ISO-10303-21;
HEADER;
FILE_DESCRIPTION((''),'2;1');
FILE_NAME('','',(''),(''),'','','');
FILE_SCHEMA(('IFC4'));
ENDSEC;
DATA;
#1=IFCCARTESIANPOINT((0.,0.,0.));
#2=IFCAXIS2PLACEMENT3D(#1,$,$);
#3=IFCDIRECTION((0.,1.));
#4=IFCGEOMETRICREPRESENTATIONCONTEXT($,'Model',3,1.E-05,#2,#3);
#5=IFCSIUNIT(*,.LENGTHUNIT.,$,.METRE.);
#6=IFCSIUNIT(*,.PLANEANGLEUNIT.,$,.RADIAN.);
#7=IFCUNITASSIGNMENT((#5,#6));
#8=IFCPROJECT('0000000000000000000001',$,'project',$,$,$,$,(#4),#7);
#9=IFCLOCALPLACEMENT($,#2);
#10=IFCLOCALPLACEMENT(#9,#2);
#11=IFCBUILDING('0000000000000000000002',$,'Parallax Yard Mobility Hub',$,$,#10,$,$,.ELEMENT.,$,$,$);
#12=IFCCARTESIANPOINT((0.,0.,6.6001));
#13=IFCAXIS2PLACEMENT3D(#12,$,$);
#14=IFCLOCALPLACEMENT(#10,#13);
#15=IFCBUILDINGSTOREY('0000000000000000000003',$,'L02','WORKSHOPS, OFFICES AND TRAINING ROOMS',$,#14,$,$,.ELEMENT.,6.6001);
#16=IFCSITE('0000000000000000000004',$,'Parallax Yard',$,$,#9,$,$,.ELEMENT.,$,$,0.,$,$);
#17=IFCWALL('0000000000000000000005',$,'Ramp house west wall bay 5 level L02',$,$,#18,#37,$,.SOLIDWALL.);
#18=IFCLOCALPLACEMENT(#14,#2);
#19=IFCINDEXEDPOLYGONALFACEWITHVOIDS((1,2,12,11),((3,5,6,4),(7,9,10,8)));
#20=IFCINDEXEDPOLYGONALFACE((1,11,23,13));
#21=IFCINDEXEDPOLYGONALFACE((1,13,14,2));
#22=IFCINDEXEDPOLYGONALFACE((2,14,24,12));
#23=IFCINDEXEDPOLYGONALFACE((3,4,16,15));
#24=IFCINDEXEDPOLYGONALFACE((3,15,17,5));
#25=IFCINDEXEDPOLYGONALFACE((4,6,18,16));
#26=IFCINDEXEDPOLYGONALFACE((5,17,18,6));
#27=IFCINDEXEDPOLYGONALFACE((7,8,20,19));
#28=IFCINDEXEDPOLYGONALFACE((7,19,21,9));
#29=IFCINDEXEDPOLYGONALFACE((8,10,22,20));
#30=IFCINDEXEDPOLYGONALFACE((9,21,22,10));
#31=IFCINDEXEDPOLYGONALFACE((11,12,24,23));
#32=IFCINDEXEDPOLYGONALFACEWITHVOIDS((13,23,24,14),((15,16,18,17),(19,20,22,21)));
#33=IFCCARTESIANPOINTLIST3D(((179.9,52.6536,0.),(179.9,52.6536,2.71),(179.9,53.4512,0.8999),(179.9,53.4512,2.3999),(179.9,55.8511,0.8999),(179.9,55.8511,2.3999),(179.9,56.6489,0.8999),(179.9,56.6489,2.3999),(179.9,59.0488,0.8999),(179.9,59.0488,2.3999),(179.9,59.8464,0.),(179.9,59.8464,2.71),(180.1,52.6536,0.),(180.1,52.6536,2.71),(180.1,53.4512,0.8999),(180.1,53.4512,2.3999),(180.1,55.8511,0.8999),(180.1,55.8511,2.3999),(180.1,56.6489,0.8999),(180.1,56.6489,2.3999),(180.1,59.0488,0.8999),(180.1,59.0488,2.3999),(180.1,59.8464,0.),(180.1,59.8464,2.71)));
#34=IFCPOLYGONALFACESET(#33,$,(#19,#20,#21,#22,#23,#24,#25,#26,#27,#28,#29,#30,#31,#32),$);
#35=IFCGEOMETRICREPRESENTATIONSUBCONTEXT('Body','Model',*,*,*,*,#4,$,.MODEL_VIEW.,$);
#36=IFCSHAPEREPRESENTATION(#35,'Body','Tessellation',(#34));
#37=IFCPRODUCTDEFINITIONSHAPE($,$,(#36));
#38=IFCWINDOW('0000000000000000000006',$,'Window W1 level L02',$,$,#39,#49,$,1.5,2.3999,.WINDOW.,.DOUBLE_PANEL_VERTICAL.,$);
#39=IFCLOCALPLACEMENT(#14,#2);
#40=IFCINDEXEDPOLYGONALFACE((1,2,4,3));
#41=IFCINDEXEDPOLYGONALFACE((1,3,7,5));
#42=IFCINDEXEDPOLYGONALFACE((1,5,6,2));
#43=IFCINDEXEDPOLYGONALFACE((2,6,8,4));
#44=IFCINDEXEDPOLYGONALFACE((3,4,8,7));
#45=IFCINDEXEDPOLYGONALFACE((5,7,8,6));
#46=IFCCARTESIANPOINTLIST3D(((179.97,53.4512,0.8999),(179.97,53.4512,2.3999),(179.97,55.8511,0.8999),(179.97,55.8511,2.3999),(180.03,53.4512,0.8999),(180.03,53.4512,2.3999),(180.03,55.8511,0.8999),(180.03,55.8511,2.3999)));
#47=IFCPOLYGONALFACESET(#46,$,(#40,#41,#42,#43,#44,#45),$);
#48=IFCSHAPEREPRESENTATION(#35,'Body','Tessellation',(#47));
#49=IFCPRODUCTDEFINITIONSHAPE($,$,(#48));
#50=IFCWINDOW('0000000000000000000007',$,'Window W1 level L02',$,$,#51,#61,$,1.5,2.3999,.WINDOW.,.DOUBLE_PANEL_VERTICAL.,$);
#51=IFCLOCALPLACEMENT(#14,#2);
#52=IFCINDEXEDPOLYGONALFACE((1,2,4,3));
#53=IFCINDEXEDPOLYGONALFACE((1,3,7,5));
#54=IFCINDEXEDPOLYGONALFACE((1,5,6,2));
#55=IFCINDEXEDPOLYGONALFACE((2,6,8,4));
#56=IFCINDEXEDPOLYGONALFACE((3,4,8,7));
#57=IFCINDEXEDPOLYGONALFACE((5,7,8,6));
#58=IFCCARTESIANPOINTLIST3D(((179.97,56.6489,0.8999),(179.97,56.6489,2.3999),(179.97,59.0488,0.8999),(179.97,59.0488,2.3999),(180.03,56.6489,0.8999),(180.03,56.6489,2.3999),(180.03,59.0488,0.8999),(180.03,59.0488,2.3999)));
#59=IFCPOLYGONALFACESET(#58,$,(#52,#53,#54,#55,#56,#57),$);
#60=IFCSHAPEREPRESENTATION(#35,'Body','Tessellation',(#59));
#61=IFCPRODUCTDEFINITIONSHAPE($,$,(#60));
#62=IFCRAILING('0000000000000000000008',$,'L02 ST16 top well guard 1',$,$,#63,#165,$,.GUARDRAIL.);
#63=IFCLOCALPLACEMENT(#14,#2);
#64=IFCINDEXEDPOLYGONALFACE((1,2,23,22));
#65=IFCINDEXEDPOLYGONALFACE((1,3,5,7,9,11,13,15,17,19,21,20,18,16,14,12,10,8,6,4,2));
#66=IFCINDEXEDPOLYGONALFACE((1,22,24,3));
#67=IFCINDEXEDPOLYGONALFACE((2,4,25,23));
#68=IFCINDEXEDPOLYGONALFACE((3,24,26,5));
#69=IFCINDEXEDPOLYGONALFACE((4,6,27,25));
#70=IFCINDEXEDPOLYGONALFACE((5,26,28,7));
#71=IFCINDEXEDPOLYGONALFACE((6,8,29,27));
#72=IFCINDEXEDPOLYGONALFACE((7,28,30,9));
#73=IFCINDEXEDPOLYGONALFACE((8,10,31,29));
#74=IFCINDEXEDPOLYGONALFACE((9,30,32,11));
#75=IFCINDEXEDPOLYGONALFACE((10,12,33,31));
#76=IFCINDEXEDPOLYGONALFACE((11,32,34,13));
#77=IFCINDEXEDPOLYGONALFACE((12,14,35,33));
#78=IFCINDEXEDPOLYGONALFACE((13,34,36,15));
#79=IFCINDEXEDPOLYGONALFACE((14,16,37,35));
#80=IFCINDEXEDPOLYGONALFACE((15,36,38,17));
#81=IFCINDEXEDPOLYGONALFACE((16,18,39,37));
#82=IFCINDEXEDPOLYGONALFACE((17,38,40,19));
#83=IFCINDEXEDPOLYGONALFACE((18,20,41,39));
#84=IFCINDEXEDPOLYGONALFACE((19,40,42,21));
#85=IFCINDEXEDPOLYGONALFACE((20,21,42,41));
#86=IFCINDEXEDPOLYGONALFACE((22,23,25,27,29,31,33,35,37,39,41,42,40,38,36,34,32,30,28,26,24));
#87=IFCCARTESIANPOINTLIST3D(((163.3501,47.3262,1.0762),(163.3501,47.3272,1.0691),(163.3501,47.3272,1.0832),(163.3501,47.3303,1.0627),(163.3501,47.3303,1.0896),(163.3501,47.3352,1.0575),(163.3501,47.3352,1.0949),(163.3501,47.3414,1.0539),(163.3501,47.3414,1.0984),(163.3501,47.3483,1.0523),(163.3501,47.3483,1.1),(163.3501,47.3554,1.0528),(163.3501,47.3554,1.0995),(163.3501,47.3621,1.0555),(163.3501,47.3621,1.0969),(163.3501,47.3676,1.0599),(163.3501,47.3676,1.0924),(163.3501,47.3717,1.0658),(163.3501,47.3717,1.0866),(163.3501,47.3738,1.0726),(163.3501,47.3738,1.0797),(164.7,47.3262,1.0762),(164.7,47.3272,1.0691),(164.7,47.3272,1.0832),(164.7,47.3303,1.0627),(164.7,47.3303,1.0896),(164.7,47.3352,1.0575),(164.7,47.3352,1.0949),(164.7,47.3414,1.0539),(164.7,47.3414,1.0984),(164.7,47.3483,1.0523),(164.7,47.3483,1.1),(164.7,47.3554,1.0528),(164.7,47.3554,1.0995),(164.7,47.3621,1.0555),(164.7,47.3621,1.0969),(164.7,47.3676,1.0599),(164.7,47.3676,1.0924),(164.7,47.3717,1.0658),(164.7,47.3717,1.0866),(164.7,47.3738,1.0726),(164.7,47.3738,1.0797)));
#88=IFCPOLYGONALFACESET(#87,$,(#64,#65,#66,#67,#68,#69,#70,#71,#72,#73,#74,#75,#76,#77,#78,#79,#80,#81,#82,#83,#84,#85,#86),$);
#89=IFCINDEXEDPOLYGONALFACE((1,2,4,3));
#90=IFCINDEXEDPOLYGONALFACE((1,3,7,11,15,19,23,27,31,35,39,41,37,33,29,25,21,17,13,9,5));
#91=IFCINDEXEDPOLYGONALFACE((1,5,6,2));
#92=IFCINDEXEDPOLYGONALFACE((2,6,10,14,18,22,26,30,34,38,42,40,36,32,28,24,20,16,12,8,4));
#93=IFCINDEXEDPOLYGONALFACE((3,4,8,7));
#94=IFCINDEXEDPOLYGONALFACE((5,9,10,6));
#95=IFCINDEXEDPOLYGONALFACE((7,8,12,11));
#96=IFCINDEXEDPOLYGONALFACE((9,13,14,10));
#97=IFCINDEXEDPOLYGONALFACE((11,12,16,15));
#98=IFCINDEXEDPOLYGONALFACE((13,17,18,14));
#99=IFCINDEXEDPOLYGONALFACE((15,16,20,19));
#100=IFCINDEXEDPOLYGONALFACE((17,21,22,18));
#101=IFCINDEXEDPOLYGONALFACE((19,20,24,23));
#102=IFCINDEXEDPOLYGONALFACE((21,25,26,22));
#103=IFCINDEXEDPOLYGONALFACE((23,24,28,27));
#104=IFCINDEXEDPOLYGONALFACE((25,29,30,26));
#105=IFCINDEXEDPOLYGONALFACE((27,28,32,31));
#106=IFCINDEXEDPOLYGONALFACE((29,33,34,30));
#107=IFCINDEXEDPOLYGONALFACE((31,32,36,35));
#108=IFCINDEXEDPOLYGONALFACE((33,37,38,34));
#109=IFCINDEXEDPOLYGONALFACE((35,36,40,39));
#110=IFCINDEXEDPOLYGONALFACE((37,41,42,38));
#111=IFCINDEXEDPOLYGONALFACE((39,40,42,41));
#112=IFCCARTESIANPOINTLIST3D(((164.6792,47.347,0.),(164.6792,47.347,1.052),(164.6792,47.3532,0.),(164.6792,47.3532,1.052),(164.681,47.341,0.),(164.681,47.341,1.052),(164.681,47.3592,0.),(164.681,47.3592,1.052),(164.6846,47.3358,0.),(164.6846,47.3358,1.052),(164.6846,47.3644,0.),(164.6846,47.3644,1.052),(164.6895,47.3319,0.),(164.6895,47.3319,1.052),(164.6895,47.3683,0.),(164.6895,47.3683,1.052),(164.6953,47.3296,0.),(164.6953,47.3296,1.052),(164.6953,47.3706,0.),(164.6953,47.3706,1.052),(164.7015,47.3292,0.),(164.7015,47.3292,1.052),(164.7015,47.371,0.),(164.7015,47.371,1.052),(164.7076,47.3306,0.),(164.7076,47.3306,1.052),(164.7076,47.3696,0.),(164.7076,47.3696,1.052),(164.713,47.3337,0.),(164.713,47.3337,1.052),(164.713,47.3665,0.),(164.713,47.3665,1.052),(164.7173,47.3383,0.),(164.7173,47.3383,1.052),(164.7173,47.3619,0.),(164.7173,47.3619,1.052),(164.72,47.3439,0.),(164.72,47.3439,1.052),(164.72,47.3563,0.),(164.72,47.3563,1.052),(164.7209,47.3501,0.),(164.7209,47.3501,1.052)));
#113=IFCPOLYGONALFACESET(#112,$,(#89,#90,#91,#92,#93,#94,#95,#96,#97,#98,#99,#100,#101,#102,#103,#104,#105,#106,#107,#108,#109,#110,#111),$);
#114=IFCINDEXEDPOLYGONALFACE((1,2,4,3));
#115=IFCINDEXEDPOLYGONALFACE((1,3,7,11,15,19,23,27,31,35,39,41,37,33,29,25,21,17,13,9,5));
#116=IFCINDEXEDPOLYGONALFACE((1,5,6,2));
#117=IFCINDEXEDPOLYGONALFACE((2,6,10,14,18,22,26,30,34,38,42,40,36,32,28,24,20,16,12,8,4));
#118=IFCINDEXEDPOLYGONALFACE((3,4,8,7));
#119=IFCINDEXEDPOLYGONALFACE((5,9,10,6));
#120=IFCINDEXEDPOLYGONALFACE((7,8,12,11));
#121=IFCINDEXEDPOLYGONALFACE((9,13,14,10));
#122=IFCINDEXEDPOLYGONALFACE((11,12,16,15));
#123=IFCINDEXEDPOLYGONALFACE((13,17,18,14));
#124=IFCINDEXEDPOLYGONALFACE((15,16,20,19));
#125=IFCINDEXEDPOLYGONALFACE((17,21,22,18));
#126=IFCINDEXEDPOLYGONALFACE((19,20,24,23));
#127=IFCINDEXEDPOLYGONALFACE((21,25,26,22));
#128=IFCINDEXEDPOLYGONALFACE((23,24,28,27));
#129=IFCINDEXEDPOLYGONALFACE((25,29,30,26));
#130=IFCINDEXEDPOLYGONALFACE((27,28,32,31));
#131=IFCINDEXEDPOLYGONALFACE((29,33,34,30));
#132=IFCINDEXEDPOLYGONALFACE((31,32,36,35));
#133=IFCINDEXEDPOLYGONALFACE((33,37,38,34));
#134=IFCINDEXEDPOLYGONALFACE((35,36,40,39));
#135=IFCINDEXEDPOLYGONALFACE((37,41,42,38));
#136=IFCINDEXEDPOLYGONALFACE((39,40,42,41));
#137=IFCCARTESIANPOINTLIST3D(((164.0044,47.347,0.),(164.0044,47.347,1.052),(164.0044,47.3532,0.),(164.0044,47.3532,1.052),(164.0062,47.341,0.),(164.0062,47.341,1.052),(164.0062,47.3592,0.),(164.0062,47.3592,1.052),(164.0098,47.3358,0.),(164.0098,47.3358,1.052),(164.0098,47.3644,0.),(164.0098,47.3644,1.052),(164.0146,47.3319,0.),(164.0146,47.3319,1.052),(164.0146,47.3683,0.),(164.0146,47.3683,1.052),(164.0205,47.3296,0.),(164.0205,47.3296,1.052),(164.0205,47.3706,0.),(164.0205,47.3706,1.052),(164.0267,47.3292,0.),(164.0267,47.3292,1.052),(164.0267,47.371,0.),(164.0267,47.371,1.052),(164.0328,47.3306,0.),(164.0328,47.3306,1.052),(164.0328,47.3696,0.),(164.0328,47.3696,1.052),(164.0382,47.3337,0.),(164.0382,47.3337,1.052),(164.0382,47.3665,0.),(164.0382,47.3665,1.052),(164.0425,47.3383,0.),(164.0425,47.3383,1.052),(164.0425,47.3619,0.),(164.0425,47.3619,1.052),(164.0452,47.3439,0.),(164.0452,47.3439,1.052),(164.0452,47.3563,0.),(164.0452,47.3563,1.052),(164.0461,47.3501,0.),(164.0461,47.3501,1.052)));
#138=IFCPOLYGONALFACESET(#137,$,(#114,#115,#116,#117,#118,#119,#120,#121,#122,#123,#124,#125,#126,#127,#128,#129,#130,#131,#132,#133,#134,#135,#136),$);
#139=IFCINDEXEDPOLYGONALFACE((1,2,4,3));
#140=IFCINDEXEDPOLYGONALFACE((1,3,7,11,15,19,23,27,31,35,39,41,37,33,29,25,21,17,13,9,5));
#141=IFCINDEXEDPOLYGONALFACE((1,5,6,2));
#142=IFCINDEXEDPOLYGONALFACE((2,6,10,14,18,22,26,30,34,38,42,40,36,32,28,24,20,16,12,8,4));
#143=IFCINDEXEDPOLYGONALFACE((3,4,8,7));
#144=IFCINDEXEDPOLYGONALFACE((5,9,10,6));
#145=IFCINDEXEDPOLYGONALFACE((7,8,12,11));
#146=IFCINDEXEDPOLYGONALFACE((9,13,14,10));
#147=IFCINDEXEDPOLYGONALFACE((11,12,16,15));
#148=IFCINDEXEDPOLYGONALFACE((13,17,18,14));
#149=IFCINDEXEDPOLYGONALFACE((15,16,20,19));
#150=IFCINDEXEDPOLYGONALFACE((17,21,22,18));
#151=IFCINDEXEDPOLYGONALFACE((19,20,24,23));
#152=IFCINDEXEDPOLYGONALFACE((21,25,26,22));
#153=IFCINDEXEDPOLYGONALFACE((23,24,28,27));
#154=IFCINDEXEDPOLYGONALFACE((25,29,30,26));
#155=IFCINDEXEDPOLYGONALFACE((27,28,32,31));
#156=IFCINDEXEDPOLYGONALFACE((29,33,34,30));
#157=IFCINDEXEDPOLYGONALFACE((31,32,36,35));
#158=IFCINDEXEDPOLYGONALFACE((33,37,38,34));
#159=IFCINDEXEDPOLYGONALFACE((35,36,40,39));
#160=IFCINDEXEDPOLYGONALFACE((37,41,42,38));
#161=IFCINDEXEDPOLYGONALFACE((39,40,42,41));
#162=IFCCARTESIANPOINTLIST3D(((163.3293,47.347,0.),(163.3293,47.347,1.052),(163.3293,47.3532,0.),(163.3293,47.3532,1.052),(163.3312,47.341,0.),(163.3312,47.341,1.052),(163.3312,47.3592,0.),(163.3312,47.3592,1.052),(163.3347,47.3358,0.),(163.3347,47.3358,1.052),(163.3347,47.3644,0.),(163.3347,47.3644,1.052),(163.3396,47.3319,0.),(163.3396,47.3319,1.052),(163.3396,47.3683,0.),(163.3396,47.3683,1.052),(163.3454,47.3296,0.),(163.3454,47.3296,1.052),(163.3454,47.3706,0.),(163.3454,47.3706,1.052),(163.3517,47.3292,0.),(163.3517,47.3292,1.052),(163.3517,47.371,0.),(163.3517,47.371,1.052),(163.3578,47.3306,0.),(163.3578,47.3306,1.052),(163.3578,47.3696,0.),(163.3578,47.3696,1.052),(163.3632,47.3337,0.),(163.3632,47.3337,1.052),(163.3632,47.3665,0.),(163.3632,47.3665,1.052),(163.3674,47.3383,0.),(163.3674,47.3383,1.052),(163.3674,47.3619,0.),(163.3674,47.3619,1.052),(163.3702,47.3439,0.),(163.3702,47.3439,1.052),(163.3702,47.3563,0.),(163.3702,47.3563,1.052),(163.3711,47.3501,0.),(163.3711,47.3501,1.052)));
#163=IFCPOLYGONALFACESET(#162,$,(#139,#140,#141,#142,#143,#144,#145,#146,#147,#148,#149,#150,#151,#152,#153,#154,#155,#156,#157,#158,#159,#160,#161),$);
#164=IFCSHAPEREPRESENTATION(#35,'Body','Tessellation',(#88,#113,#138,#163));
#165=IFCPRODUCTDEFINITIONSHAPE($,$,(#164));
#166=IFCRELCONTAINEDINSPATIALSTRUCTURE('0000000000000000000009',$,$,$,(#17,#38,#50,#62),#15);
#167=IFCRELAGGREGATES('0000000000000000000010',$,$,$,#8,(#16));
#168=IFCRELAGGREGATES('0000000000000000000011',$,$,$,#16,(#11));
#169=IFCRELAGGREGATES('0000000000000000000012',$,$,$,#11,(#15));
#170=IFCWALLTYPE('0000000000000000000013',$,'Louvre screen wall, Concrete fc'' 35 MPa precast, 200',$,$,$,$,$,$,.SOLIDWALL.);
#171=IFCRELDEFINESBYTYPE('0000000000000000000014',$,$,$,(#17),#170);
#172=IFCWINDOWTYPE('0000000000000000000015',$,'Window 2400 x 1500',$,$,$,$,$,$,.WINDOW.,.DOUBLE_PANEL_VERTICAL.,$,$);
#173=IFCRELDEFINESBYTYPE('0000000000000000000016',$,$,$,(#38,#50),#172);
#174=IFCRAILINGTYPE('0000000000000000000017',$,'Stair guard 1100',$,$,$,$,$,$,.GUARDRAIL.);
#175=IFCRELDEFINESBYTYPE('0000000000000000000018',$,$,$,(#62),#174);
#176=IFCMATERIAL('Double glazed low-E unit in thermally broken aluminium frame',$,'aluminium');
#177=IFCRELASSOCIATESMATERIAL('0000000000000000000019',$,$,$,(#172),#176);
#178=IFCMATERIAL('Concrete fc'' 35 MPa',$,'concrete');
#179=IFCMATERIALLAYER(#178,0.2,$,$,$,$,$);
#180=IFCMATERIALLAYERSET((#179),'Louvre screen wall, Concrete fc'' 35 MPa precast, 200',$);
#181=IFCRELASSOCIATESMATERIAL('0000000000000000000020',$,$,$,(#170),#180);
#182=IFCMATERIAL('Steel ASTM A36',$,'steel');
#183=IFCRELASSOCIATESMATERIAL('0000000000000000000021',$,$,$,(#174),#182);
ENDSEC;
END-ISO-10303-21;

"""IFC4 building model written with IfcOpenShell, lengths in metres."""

from ifc_helpers import new_model, si_unit, direction, frame, frame_2d, origin, origin_2d, place, context, subcontext, project, spatial, rectangle, circle, extrude, material, layer, layer_set, type_object, element, fill, save


model = new_model("IFC4")

# Units and contexts
model_context = context("Model", 3, precision=1e-05, world=origin(), true_north=direction((0.0, 1.0)))
body_context = subcontext(model_context, "Body", "Model", "MODEL_VIEW")
ifc_project = project(units=[si_unit("LENGTHUNIT", "METRE"), si_unit("PLANEANGLEUNIT", "RADIAN")], contexts=[model_context])

# Site, building, storey
site_placement = place(None, origin())
site = spatial("IfcSite", under=ifc_project, at=site_placement, Name="Parallax Yard", CompositionType="ELEMENT", RefElevation=0.0)
building_placement = place(site_placement, origin())
building = spatial("IfcBuilding", under=site, at=building_placement, Name="Parallax Yard Mobility Hub", CompositionType="ELEMENT")
storey_placement = place(building_placement, frame((0.0, 0.0, 6.6001)))
storey = spatial("IfcBuildingStorey", under=building, at=storey_placement, Name="L02", Description="WORKSHOPS, OFFICES AND TRAINING ROOMS", CompositionType="ELEMENT", Elevation=6.6001)

# Shared definitions
ifc_material_1 = material(Name="Concrete fc' 35 MPa", Category="concrete")

# Wall, openings, windows
ifc_material_2 = material(Name="Double glazed low-E unit in thermally broken aluminium frame", Category="aluminium")
window_type = type_object("IfcWindowType", Name="Window 2400 x 1500", PartitioningType="DOUBLE_PANEL_VERTICAL", PredefinedType="WINDOW", material=ifc_material_2)
ifc_layer_1 = layer(ifc_material_1, 0.2)
ifc_layer_set_1 = layer_set([ifc_layer_1], Name="Louvre screen wall, Concrete fc' 35 MPa precast, 200")
wall_type_1 = type_object("IfcWallType", Name="Louvre screen wall, Concrete fc' 35 MPa precast, 200", PredefinedType="SOLIDWALL", material=ifc_layer_set_1)
wall_1_placement = place(storey_placement, frame((180.0, 52.6536, 0.0), z_axis=(0.0, 0.0, 1.0), x_axis=(0.0, 1.0, 0.0)))
wall_1 = element("IfcWall", 1, at=wall_1_placement, inside=storey, type_object=wall_type_1, Name="Ramp house west wall bay 5 level L02", PredefinedType="SOLIDWALL", context=body_context, shape_type="SweptSolid", body=[
    extrude(rectangle(XDim=7.1929, YDim=0.2, at=frame_2d((3.5964, 0.0))), origin(), (0.0, 0.0, 1.0), 2.71),
])
opening_1_placement = place(wall_1_placement, frame((0.7976, 0.0, 0.8999)))
opening_1 = element("IfcOpeningElement", 2, at=opening_1_placement, cuts=wall_1, PredefinedType="OPENING", context=body_context, shape_type="SweptSolid", body=[
    extrude(rectangle(XDim=2.3999, YDim=1.5, at=frame_2d((1.2, 0.75))), frame((0.0, 0.1099, 0.0), z_axis=(0.0, -1.0, 0.0), x_axis=(1.0, 0.0, 0.0)), (0.0, 0.0, 1.0), 0.22),
])
opening_2_placement = place(wall_1_placement, frame((3.9954, 0.0, 0.8999)))
opening_2 = element("IfcOpeningElement", 3, at=opening_2_placement, cuts=wall_1, PredefinedType="OPENING", context=body_context, shape_type="SweptSolid", body=[
    extrude(rectangle(XDim=2.3999, YDim=1.5, at=frame_2d((1.2, 0.75))), frame((0.0, 0.1099, 0.0), z_axis=(0.0, -1.0, 0.0), x_axis=(1.0, 0.0, 0.0)), (0.0, 0.0, 1.0), 0.22),
])
window_1_placement = place(opening_1_placement, origin())
window_1 = element("IfcWindow", 4, at=window_1_placement, inside=storey, type_object=window_type, Name="Window W1 level L02", OverallHeight=1.5, OverallWidth=2.3999, PartitioningType="DOUBLE_PANEL_VERTICAL", PredefinedType="WINDOW", context=body_context, shape_type="SweptSolid", body=[
    extrude(rectangle(XDim=2.3999, YDim=1.5, at=frame_2d((1.2, 0.75))), frame((0.0, 0.03, 0.0), z_axis=(0.0, -1.0, 0.0), x_axis=(1.0, 0.0, 0.0)), (0.0, 0.0, 1.0), 0.0601),
])
fill(opening_1, window_1)
window_2_placement = place(opening_2_placement, origin())
window_2 = element("IfcWindow", 5, at=window_2_placement, inside=storey, type_object=window_type, Name="Window W1 level L02", OverallHeight=1.5, OverallWidth=2.3999, PartitioningType="DOUBLE_PANEL_VERTICAL", PredefinedType="WINDOW", context=body_context, shape_type="SweptSolid", body=[
    extrude(rectangle(XDim=2.3999, YDim=1.5, at=frame_2d((1.2, 0.75))), frame((0.0, 0.03, 0.0), z_axis=(0.0, -1.0, 0.0), x_axis=(1.0, 0.0, 0.0)), (0.0, 0.0, 1.0), 0.0601),
])
fill(opening_2, window_2)

# Railing
ifc_material_3 = material(Name="Steel ASTM A36", Category="steel")
railing_type = type_object("IfcRailingType", Name="Stair guard 1100", PredefinedType="GUARDRAIL", material=ifc_material_3)
railing_placement = place(storey_placement, frame((164.7, 47.3501, 0.0)))
element("IfcRailing", 6, at=railing_placement, inside=storey, type_object=railing_type, Name="L02 ST16 top well guard 1", PredefinedType="GUARDRAIL", context=body_context, shape_type="SweptSolid", body=[
    extrude(circle(Radius=0.0239, at=origin_2d()), frame((0.0, 0.0, 1.0762), z_axis=(-1.0, 0.0, 0.0), x_axis=(0.0, -1.0, 0.0)), (0.0, 0.0, 1.0), 1.3499),
    extrude(circle(Radius=0.021, at=origin_2d()), origin(), (0.0, 0.0, 1.0), 1.052),
    extrude(circle(Radius=0.021, at=origin_2d()), frame((-0.6748, 0.0, 0.0)), (0.0, 0.0, 1.0), 1.052),
    extrude(circle(Radius=0.021, at=origin_2d()), frame((-1.3499, 0.0, 0.0)), (0.0, 0.0, 1.0), 1.052),
])

save(model, "model.ifc")
